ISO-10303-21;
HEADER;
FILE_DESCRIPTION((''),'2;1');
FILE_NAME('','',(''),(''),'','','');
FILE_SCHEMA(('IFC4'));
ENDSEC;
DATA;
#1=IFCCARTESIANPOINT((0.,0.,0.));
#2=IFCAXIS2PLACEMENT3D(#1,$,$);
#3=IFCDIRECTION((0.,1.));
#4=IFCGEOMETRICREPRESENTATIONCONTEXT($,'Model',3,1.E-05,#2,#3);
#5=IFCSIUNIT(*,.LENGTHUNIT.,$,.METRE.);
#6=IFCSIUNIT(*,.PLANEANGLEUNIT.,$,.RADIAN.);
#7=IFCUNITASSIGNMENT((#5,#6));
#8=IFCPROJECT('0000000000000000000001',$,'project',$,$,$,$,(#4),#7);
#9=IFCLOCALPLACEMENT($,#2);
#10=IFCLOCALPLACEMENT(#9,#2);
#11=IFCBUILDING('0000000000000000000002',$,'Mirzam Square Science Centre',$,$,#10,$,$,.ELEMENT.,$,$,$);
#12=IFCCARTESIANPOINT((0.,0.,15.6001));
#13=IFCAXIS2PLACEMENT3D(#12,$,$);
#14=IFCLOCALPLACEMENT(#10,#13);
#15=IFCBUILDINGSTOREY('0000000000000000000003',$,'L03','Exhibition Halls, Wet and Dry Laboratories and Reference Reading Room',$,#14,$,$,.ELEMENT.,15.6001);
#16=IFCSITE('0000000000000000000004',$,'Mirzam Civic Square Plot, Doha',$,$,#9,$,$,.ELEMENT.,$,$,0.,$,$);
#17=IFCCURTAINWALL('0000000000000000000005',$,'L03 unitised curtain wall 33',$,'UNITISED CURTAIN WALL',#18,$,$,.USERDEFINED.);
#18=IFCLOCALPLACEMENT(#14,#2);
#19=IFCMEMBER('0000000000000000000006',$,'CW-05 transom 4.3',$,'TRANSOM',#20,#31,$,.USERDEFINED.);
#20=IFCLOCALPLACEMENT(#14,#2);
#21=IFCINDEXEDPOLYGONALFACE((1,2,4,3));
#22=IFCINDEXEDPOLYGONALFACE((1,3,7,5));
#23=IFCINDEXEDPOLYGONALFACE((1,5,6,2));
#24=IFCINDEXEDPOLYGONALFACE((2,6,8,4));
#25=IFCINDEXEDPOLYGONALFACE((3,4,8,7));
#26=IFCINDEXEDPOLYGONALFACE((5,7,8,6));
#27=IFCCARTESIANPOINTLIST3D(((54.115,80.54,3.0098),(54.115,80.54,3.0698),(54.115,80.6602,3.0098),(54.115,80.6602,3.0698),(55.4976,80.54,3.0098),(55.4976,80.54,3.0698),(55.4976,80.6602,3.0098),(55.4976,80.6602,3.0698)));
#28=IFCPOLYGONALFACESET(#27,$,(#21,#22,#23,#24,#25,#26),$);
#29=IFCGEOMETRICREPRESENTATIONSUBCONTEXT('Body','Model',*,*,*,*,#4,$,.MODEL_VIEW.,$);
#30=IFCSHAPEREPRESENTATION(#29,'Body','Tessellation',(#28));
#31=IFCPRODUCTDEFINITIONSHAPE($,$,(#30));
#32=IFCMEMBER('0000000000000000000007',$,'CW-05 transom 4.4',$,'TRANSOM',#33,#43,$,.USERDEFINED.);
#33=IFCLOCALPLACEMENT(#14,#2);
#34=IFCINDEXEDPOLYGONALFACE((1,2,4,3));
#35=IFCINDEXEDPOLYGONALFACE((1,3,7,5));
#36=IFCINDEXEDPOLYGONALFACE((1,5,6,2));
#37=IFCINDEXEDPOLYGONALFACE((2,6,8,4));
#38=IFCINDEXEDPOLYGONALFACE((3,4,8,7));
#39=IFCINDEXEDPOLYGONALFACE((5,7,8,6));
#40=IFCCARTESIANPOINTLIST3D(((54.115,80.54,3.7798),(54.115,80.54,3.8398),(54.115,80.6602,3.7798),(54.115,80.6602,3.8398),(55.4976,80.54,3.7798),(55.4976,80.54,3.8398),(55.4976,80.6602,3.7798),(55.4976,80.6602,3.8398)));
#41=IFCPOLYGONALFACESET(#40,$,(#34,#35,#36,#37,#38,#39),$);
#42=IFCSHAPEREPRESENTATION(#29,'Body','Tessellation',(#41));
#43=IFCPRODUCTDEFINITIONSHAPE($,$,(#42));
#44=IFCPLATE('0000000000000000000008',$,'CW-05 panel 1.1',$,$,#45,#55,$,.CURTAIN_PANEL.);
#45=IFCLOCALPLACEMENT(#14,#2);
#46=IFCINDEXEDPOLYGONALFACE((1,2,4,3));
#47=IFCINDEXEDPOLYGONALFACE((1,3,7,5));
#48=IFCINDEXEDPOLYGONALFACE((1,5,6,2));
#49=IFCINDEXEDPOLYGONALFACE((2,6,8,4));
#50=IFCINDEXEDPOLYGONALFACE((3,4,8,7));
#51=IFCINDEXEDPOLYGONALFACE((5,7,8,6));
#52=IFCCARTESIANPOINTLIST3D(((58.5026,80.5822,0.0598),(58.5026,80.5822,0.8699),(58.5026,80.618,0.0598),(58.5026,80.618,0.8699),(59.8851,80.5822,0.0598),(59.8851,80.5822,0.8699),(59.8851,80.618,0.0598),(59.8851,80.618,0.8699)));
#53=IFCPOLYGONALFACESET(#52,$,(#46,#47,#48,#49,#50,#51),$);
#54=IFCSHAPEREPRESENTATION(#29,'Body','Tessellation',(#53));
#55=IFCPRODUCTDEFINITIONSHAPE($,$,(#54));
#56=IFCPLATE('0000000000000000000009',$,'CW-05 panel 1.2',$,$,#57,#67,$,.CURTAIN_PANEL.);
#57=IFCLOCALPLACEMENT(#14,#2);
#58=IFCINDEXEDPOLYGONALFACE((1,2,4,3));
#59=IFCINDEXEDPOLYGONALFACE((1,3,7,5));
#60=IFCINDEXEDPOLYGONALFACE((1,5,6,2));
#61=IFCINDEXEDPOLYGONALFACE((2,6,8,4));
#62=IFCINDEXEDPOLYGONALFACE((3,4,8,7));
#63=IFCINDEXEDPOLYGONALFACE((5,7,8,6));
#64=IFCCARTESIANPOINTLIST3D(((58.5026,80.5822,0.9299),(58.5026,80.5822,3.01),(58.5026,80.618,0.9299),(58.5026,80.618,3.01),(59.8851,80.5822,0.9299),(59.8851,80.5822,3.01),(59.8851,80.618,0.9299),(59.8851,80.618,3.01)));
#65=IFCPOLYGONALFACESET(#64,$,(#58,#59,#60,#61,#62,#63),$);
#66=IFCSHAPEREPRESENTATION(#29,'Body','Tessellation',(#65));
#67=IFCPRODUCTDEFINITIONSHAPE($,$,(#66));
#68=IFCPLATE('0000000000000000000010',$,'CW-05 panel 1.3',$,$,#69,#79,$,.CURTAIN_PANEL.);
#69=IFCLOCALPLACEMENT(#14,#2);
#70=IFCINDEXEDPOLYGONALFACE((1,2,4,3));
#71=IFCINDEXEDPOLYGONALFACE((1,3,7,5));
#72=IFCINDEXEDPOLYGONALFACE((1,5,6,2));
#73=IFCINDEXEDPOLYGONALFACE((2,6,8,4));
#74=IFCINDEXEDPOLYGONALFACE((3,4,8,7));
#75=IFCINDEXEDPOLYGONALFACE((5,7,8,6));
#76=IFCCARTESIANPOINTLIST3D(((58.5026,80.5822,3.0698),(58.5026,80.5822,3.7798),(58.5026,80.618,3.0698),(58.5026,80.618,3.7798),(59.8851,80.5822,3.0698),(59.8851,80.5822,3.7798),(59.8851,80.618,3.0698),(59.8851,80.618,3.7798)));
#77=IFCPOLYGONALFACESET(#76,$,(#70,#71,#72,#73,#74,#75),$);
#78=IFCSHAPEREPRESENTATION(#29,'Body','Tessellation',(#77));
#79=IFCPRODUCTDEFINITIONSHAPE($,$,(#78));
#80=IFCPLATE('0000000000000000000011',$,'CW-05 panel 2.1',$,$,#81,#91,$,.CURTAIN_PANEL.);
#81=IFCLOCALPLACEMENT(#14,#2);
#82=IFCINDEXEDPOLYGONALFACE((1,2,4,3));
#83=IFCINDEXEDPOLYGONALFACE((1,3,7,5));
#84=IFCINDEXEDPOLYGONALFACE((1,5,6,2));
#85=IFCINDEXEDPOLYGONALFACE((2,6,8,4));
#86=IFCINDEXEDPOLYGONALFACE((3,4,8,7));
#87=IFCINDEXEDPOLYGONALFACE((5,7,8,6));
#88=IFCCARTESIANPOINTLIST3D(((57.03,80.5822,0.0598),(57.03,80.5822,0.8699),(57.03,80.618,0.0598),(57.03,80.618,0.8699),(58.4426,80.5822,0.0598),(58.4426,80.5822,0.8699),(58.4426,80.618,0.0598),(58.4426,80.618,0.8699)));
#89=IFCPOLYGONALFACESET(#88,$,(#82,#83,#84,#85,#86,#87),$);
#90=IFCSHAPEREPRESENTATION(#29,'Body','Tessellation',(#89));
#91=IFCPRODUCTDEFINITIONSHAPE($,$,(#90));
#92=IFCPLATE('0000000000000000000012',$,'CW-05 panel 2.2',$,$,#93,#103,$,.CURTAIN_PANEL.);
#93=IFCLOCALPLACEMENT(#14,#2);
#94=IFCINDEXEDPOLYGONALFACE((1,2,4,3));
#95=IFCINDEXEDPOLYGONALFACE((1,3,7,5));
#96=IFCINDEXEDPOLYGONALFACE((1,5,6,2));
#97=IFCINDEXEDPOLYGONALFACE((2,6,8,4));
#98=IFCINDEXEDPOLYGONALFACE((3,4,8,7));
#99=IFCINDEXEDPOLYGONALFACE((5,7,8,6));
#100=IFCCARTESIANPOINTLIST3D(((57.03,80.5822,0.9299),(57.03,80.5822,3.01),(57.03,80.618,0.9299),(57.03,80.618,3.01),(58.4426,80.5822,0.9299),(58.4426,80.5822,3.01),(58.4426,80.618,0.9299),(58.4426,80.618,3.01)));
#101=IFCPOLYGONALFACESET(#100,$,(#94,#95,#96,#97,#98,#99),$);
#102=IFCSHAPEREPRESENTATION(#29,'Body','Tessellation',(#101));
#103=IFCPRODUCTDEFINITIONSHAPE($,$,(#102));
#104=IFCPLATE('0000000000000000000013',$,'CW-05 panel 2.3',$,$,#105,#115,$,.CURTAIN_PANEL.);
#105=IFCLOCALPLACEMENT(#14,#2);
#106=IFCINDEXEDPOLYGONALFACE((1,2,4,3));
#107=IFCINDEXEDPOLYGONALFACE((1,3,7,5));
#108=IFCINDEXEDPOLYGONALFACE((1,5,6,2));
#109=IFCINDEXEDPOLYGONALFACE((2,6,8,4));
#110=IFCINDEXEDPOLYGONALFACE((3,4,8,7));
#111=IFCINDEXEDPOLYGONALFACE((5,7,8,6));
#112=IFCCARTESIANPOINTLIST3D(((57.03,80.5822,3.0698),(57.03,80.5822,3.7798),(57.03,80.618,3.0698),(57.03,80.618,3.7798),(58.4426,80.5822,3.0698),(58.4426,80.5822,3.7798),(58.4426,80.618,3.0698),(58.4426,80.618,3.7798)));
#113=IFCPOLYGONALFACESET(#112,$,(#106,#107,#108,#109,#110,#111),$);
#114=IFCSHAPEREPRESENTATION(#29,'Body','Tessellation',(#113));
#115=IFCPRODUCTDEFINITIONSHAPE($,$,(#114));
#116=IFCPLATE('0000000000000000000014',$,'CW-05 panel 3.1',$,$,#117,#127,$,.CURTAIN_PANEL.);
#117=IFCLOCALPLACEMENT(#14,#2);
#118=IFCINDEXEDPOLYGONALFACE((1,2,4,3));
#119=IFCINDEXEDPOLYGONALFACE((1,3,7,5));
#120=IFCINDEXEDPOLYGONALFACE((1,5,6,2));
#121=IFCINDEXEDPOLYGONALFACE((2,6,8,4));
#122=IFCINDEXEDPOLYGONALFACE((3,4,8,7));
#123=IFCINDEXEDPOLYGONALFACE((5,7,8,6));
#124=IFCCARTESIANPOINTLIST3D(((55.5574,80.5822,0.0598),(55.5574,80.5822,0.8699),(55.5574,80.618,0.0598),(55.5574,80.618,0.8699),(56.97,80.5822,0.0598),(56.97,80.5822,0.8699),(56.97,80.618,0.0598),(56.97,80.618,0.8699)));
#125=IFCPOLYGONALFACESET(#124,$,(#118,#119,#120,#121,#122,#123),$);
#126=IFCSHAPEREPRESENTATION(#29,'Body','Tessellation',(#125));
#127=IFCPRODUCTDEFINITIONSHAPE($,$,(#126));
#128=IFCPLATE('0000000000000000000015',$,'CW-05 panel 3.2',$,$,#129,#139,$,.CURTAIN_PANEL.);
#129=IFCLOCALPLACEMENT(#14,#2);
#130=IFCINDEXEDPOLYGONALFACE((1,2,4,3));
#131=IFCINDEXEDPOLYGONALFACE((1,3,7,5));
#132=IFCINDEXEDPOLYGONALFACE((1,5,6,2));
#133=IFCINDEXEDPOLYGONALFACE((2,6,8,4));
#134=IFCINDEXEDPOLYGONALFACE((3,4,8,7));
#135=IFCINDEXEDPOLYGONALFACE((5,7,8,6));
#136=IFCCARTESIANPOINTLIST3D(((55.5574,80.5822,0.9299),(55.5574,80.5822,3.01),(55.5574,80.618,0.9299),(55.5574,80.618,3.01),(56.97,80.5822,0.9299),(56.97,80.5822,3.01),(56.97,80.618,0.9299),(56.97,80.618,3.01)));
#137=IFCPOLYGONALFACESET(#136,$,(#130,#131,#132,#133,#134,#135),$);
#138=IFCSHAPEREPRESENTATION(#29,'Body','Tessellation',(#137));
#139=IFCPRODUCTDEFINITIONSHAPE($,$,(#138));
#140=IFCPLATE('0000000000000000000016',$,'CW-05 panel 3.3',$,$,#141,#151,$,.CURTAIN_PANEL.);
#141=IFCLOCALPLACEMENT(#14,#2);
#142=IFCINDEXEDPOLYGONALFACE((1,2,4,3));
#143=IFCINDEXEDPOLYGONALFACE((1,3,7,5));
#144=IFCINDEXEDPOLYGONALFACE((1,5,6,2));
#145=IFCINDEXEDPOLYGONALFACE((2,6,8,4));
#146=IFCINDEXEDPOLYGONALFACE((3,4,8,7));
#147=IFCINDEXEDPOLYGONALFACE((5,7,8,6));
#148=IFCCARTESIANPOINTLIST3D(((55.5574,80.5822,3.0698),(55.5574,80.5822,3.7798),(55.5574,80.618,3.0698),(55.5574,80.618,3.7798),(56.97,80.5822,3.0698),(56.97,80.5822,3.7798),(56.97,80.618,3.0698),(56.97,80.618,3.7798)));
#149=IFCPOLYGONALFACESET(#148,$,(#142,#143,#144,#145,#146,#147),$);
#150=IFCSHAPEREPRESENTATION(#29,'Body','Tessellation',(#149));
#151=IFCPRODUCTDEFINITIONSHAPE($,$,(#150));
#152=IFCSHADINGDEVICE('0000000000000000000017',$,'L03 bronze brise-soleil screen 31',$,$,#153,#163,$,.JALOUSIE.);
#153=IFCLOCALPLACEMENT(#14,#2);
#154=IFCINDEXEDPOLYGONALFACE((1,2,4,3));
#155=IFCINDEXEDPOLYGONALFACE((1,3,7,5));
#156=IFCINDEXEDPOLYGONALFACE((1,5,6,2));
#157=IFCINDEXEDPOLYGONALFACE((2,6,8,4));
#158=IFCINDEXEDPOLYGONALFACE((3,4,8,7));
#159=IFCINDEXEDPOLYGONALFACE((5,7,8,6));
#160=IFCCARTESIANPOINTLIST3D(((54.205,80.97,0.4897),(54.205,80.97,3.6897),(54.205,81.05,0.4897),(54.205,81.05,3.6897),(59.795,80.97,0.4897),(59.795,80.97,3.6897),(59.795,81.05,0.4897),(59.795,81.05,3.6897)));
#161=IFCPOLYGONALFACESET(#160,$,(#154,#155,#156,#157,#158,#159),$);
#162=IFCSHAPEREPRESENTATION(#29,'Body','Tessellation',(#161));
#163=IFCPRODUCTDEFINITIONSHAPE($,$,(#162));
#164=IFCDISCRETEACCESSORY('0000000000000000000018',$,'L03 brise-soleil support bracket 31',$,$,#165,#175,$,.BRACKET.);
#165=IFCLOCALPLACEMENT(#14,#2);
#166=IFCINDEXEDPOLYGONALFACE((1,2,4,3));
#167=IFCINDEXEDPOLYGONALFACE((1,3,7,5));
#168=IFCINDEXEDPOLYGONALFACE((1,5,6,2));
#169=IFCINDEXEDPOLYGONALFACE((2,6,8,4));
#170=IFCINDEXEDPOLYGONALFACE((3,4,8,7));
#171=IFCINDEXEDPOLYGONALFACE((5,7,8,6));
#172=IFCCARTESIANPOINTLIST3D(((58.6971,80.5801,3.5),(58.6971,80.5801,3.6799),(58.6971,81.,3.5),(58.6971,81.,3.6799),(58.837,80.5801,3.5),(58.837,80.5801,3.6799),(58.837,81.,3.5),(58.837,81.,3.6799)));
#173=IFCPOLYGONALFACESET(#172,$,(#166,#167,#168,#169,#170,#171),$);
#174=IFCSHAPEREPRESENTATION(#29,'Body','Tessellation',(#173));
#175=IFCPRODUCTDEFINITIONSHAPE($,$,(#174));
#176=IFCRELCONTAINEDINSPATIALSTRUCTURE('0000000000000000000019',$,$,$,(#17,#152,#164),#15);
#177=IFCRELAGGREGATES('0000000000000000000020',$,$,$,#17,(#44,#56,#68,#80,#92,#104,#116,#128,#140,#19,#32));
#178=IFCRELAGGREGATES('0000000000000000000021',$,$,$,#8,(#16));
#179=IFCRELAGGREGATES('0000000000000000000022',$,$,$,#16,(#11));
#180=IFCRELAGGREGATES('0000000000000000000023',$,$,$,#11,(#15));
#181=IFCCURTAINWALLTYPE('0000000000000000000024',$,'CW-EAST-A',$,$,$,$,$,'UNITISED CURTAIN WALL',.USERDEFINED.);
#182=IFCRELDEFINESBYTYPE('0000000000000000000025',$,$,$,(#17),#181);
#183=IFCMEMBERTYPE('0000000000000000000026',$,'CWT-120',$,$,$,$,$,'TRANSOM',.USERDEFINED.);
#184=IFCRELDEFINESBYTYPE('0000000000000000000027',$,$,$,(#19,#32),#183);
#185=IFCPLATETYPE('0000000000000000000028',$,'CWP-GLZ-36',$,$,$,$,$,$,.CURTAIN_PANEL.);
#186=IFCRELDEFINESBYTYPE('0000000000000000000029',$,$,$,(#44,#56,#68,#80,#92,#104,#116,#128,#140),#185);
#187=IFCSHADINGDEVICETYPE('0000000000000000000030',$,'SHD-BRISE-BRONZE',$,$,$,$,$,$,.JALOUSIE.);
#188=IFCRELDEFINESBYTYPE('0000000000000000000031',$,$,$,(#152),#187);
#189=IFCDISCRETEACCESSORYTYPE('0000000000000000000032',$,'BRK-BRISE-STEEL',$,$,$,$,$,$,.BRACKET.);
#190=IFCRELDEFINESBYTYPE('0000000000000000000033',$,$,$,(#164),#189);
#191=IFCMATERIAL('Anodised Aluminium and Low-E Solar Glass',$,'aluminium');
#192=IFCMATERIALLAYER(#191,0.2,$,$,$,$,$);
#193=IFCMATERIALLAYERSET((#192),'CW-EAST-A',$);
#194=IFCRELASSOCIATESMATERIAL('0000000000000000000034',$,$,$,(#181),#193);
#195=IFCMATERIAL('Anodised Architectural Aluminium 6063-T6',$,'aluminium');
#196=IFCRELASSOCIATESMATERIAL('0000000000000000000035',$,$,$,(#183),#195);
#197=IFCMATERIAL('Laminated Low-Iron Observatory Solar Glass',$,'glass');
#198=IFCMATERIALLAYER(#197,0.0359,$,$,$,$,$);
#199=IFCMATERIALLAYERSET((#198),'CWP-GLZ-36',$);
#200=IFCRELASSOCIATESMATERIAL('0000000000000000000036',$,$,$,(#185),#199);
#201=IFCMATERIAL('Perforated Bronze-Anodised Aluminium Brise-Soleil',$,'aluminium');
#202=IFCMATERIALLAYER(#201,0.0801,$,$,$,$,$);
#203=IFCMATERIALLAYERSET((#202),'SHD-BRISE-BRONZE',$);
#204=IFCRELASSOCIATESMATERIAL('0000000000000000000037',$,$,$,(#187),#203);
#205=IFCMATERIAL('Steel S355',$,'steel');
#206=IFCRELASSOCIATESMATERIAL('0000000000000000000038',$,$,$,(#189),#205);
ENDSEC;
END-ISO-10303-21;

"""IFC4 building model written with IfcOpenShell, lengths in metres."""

from ifc_helpers import new_model, si_unit, direction, frame, origin, origin_2d, place, context, subcontext, project, spatial, rectangle, extrude, material, layer, layer_set, material_profile, profile_set, type_object, element, aggregate, save


model = new_model("IFC4")

# Units and contexts
model_context = context("Model", 3, precision=1e-05, world=origin(), true_north=direction((0.0, 1.0)))
body_context = subcontext(model_context, "Body", "Model", "MODEL_VIEW")
ifc_project = project(units=[si_unit("LENGTHUNIT", "METRE"), si_unit("PLANEANGLEUNIT", "RADIAN")], contexts=[model_context])

# Site, building, storey
site_placement = place(None, origin())
site = spatial("IfcSite", under=ifc_project, at=site_placement, Name="Mirzam Civic Square Plot, Doha", CompositionType="ELEMENT", RefElevation=0.0)
building_placement = place(site_placement, origin())
building = spatial("IfcBuilding", under=site, at=building_placement, Name="Mirzam Square Science Centre", CompositionType="ELEMENT")
storey_placement = place(building_placement, frame((0.0, 0.0, 15.6001)))
storey = spatial("IfcBuildingStorey", under=building, at=storey_placement, Name="L03", Description="Exhibition Halls, Wet and Dry Laboratories and Reference Reading Room", CompositionType="ELEMENT", Elevation=15.6001)

# Curtain wall, members, plates
ifc_material_1 = material(Name="Anodised Aluminium and Low-E Solar Glass", Category="aluminium")
ifc_layer_1 = layer(ifc_material_1, 0.2)
ifc_layer_set_1 = layer_set([ifc_layer_1], Name="CW-EAST-A")
curtain_wall_type = type_object("IfcCurtainWallType", Name="CW-EAST-A", ElementType="UNITISED CURTAIN WALL", PredefinedType="USERDEFINED", material=ifc_layer_set_1)
curtain_wall_placement = place(storey_placement, origin())
curtain_wall = element("IfcCurtainWall", 1, at=curtain_wall_placement, inside=storey, type_object=curtain_wall_type, Name="L03 unitised curtain wall 33", ObjectType="UNITISED CURTAIN WALL", PredefinedType="USERDEFINED")
ifc_material_2 = material(Name="Anodised Architectural Aluminium 6063-T6", Category="aluminium")
ifc_material_profile_1 = material_profile(ifc_material_2, rectangle(XDim=0.1201, YDim=0.0601, at=origin_2d()), Name="ALU-TRAN-120x60x4")
ifc_profile_set_1 = profile_set([ifc_material_profile_1], Name="Anodised Architectural Aluminium 6063-T6")
member_type_1 = type_object("IfcMemberType", Name="CWT-120", ElementType="TRANSOM", PredefinedType="USERDEFINED", material=ifc_profile_set_1)
member_1_placement = place(storey_placement, frame((55.4976, 80.6001, 3.0398), z_axis=(-1.0, 0.0, 0.0), x_axis=(0.0, -1.0, 0.0)))
member_1 = element("IfcMember", 2, at=member_1_placement, type_object=member_type_1, Name="CW-05 transom 4.3", ObjectType="TRANSOM", PredefinedType="USERDEFINED", context=body_context, shape_type="SweptSolid", body=[
    extrude(rectangle(XDim=0.1201, YDim=0.0601, at=origin_2d()), origin(), (0.0, 0.0, 1.0), 1.3826),
])
member_2_placement = place(storey_placement, frame((55.4976, 80.6001, 3.8098), z_axis=(-1.0, 0.0, 0.0), x_axis=(0.0, -1.0, 0.0)))
member_2 = element("IfcMember", 3, at=member_2_placement, type_object=member_type_1, Name="CW-05 transom 4.4", ObjectType="TRANSOM", PredefinedType="USERDEFINED", context=body_context, shape_type="SweptSolid", body=[
    extrude(rectangle(XDim=0.1201, YDim=0.0601, at=origin_2d()), origin(), (0.0, 0.0, 1.0), 1.3826),
])
ifc_material_3 = material(Name="Laminated Low-Iron Observatory Solar Glass", Category="glass")
ifc_layer_2 = layer(ifc_material_3, 0.0359)
ifc_layer_set_2 = layer_set([ifc_layer_2], Name="CWP-GLZ-36")
plate_type = type_object("IfcPlateType", Name="CWP-GLZ-36", PredefinedType="CURTAIN_PANEL", material=ifc_layer_set_2)
plate_1_placement = place(storey_placement, frame((59.1938, 80.6001, 0.0598), z_axis=(0.0, 0.0, 1.0), x_axis=(-1.0, 0.0, 0.0)))
plate_1 = element("IfcPlate", 4, at=plate_1_placement, type_object=plate_type, Name="CW-05 panel 1.1", PredefinedType="CURTAIN_PANEL", context=body_context, shape_type="SweptSolid", body=[
    extrude(rectangle(XDim=1.3826, YDim=0.0359, at=origin_2d()), origin(), (0.0, 0.0, 1.0), 0.8101),
])
plate_2_placement = place(storey_placement, frame((59.1938, 80.6001, 0.9299), z_axis=(0.0, 0.0, 1.0), x_axis=(-1.0, 0.0, 0.0)))
plate_2 = element("IfcPlate", 5, at=plate_2_placement, type_object=plate_type, Name="CW-05 panel 1.2", PredefinedType="CURTAIN_PANEL", context=body_context, shape_type="SweptSolid", body=[
    extrude(rectangle(XDim=1.3826, YDim=0.0359, at=origin_2d()), origin(), (0.0, 0.0, 1.0), 2.0801),
])
plate_3_placement = place(storey_placement, frame((59.1938, 80.6001, 3.0698), z_axis=(0.0, 0.0, 1.0), x_axis=(-1.0, 0.0, 0.0)))
plate_3 = element("IfcPlate", 6, at=plate_3_placement, type_object=plate_type, Name="CW-05 panel 1.3", PredefinedType="CURTAIN_PANEL", context=body_context, shape_type="SweptSolid", body=[
    extrude(rectangle(XDim=1.3826, YDim=0.0359, at=origin_2d()), origin(), (0.0, 0.0, 1.0), 0.71),
])
plate_4_placement = place(storey_placement, frame((57.7363, 80.6001, 0.0598), z_axis=(0.0, 0.0, 1.0), x_axis=(-1.0, 0.0, 0.0)))
plate_4 = element("IfcPlate", 7, at=plate_4_placement, type_object=plate_type, Name="CW-05 panel 2.1", PredefinedType="CURTAIN_PANEL", context=body_context, shape_type="SweptSolid", body=[
    extrude(rectangle(XDim=1.4126, YDim=0.0359, at=origin_2d()), origin(), (0.0, 0.0, 1.0), 0.8101),
])
plate_5_placement = place(storey_placement, frame((57.7363, 80.6001, 0.9299), z_axis=(0.0, 0.0, 1.0), x_axis=(-1.0, 0.0, 0.0)))
plate_5 = element("IfcPlate", 8, at=plate_5_placement, type_object=plate_type, Name="CW-05 panel 2.2", PredefinedType="CURTAIN_PANEL", context=body_context, shape_type="SweptSolid", body=[
    extrude(rectangle(XDim=1.4126, YDim=0.0359, at=origin_2d()), origin(), (0.0, 0.0, 1.0), 2.0801),
])
plate_6_placement = place(storey_placement, frame((57.7363, 80.6001, 3.0698), z_axis=(0.0, 0.0, 1.0), x_axis=(-1.0, 0.0, 0.0)))
plate_6 = element("IfcPlate", 9, at=plate_6_placement, type_object=plate_type, Name="CW-05 panel 2.3", PredefinedType="CURTAIN_PANEL", context=body_context, shape_type="SweptSolid", body=[
    extrude(rectangle(XDim=1.4126, YDim=0.0359, at=origin_2d()), origin(), (0.0, 0.0, 1.0), 0.71),
])
plate_7_placement = place(storey_placement, frame((56.2637, 80.6001, 0.0598), z_axis=(0.0, 0.0, 1.0), x_axis=(-1.0, 0.0, 0.0)))
plate_7 = element("IfcPlate", 10, at=plate_7_placement, type_object=plate_type, Name="CW-05 panel 3.1", PredefinedType="CURTAIN_PANEL", context=body_context, shape_type="SweptSolid", body=[
    extrude(rectangle(XDim=1.4126, YDim=0.0359, at=origin_2d()), origin(), (0.0, 0.0, 1.0), 0.8101),
])
plate_8_placement = place(storey_placement, frame((56.2637, 80.6001, 0.9299), z_axis=(0.0, 0.0, 1.0), x_axis=(-1.0, 0.0, 0.0)))
plate_8 = element("IfcPlate", 11, at=plate_8_placement, type_object=plate_type, Name="CW-05 panel 3.2", PredefinedType="CURTAIN_PANEL", context=body_context, shape_type="SweptSolid", body=[
    extrude(rectangle(XDim=1.4126, YDim=0.0359, at=origin_2d()), origin(), (0.0, 0.0, 1.0), 2.0801),
])
plate_9_placement = place(storey_placement, frame((56.2637, 80.6001, 3.0698), z_axis=(0.0, 0.0, 1.0), x_axis=(-1.0, 0.0, 0.0)))
plate_9 = element("IfcPlate", 12, at=plate_9_placement, type_object=plate_type, Name="CW-05 panel 3.3", PredefinedType="CURTAIN_PANEL", context=body_context, shape_type="SweptSolid", body=[
    extrude(rectangle(XDim=1.4126, YDim=0.0359, at=origin_2d()), origin(), (0.0, 0.0, 1.0), 0.71),
])
aggregate(curtain_wall, [plate_1, plate_2, plate_3, plate_4, plate_5, plate_6, plate_7, plate_8, plate_9, member_1, member_2])

# Shading device
ifc_material_4 = material(Name="Perforated Bronze-Anodised Aluminium Brise-Soleil", Category="aluminium")
ifc_layer_3 = layer(ifc_material_4, 0.0801)
ifc_layer_set_3 = layer_set([ifc_layer_3], Name="SHD-BRISE-BRONZE")
shading_device_type = type_object("IfcShadingDeviceType", Name="SHD-BRISE-BRONZE", PredefinedType="JALOUSIE", material=ifc_layer_set_3)
shading_device_placement = place(storey_placement, frame((57.0, 81.01, 0.4897), z_axis=(0.0, 0.0, 1.0), x_axis=(-1.0, 0.0, 0.0)))
element("IfcShadingDevice", 13, at=shading_device_placement, inside=storey, type_object=shading_device_type, Name="L03 bronze brise-soleil screen 31", PredefinedType="JALOUSIE", context=body_context, shape_type="SweptSolid", body=[
    extrude(rectangle(XDim=5.5901, YDim=0.0801, at=origin_2d()), origin(), (0.0, 0.0, 1.0), 3.2),
])

# Discrete accessory
ifc_material_5 = material(Name="Steel S355", Category="steel")
discrete_accessory_type = type_object("IfcDiscreteAccessoryType", Name="BRK-BRISE-STEEL", PredefinedType="BRACKET", material=ifc_material_5)
discrete_accessory_placement = place(storey_placement, frame((58.7671, 80.79, 3.5), z_axis=(0.0, 0.0, 1.0), x_axis=(-1.0, 0.0, 0.0)))
element("IfcDiscreteAccessory", 14, at=discrete_accessory_placement, inside=storey, type_object=discrete_accessory_type, Name="L03 brise-soleil support bracket 31", PredefinedType="BRACKET", context=body_context, shape_type="SweptSolid", body=[
    extrude(rectangle(XDim=0.1399, YDim=0.4199, at=origin_2d()), origin(), (0.0, 0.0, 1.0), 0.1799),
])

save(model, "model.ifc")
